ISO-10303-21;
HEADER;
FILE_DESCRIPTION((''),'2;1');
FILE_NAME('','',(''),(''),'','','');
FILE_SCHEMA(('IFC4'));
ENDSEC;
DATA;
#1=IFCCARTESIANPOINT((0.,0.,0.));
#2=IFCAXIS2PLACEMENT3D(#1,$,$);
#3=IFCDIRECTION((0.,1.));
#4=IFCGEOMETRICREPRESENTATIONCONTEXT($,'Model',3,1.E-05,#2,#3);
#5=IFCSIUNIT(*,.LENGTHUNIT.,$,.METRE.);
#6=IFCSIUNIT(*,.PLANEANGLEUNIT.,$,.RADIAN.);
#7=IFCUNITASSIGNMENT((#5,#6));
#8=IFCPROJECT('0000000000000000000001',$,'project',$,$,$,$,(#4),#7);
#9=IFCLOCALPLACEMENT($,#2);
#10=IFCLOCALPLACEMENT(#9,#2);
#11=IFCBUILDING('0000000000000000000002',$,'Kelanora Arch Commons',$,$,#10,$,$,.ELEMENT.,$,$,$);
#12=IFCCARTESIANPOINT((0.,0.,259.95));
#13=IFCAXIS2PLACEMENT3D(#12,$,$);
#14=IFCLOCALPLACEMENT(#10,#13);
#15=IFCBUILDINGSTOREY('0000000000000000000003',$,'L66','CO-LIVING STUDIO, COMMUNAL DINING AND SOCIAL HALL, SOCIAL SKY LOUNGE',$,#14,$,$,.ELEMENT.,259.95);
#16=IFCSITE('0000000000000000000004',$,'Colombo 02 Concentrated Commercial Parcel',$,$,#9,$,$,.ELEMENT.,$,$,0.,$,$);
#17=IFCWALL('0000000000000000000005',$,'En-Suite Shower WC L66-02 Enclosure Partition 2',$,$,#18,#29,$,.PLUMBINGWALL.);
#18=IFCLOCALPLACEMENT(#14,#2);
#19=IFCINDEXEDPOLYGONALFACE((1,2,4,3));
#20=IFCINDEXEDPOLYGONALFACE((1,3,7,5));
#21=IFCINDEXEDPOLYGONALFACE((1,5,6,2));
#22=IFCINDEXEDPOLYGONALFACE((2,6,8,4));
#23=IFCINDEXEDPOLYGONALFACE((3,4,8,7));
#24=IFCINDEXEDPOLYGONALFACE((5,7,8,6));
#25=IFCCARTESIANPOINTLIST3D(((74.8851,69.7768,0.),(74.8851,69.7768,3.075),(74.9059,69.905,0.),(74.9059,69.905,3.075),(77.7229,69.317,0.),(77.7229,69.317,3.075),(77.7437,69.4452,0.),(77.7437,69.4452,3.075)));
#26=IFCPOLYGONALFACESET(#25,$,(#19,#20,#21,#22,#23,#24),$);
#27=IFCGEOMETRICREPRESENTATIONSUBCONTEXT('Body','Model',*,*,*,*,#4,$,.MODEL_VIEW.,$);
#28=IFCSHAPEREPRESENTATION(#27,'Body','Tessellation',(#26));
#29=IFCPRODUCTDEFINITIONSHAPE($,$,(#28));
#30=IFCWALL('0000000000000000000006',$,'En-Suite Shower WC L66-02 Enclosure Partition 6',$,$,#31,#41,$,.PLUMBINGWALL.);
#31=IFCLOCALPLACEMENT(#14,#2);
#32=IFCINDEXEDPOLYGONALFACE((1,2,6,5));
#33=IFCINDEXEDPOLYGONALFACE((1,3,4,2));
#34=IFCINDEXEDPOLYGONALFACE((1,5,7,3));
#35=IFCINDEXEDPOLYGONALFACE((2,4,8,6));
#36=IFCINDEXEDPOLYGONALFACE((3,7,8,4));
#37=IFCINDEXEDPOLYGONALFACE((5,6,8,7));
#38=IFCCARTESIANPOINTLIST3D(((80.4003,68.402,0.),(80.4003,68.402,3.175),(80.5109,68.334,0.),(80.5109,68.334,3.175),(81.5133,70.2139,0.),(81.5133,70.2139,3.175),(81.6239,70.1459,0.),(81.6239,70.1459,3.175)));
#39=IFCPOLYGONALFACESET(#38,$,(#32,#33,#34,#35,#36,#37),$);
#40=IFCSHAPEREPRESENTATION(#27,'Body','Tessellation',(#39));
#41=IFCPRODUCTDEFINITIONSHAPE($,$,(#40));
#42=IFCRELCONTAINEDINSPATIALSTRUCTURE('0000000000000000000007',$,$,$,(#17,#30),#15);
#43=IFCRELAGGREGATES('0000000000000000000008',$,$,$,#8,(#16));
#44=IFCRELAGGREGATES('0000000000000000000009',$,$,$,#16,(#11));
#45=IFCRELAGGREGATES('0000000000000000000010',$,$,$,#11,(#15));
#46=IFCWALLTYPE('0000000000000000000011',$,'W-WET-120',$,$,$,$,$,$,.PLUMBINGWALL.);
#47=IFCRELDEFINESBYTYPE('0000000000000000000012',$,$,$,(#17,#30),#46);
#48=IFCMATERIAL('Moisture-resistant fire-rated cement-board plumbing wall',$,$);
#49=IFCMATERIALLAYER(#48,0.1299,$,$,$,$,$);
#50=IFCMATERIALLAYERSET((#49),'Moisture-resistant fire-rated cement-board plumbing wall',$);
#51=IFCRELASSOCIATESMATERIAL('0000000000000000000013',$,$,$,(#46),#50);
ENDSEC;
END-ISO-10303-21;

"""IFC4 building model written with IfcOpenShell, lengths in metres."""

from ifc_helpers import new_model, si_unit, direction, frame, frame_2d, origin, place, context, subcontext, project, spatial, rectangle, extrude, material, layer, layer_set, type_object, element, save


model = new_model("IFC4")

# Units and contexts
model_context = context("Model", 3, precision=1e-05, world=origin(), true_north=direction((0.0, 1.0)))
body_context = subcontext(model_context, "Body", "Model", "MODEL_VIEW")
ifc_project = project(units=[si_unit("LENGTHUNIT", "METRE"), si_unit("PLANEANGLEUNIT", "RADIAN")], contexts=[model_context])

# Site, building, storey
site_placement = place(None, origin())
site = spatial("IfcSite", under=ifc_project, at=site_placement, Name="Colombo 02 Concentrated Commercial Parcel", CompositionType="ELEMENT", RefElevation=0.0)
building_placement = place(site_placement, origin())
building = spatial("IfcBuilding", under=site, at=building_placement, Name="Kelanora Arch Commons", CompositionType="ELEMENT")
storey_placement = place(building_placement, frame((0.0, 0.0, 259.95)))
storey = spatial("IfcBuildingStorey", under=building, at=storey_placement, Name="L66", Description="CO-LIVING STUDIO, COMMUNAL DINING AND SOCIAL HALL, SOCIAL SKY LOUNGE", CompositionType="ELEMENT", Elevation=259.95)

# Shared definitions
ifc_material_1 = material(Name="Moisture-resistant fire-rated cement-board plumbing wall")
ifc_layer_1 = layer(ifc_material_1, 0.1299)
ifc_layer_set_1 = layer_set([ifc_layer_1], Name="Moisture-resistant fire-rated cement-board plumbing wall")
wall_type_1 = type_object("IfcWallType", Name="W-WET-120", PredefinedType="PLUMBINGWALL", material=ifc_layer_set_1)

# Walls
wall_1_placement = place(storey_placement, frame((77.7334, 69.3811, 0.0), z_axis=(0.0, 0.0, 1.0), x_axis=(-0.98713, 0.159921, 0.0)))
element("IfcWall", 1, at=wall_1_placement, inside=storey, type_object=wall_type_1, Name="En-Suite Shower WC L66-02 Enclosure Partition 2", PredefinedType="PLUMBINGWALL", context=body_context, shape_type="SweptSolid", body=[
    extrude(rectangle(XDim=2.8748, YDim=0.1299, at=frame_2d((1.4375, 0.0))), origin(), (0.0, 0.0, 1.0), 3.075),
])
wall_2_placement = place(storey_placement, frame((81.5686, 70.1799, 0.0), z_axis=(0.0, 0.0, 1.0), x_axis=(-0.523399, -0.852088, 0.0)))
element("IfcWall", 2, at=wall_2_placement, inside=storey, type_object=wall_type_1, Name="En-Suite Shower WC L66-02 Enclosure Partition 6", PredefinedType="PLUMBINGWALL", context=body_context, shape_type="SweptSolid", body=[
    extrude(rectangle(XDim=2.1265, YDim=0.1299, at=frame_2d((1.0632, 0.0))), origin(), (0.0, 0.0, 1.0), 3.175),
])

save(model, "model.ifc")
